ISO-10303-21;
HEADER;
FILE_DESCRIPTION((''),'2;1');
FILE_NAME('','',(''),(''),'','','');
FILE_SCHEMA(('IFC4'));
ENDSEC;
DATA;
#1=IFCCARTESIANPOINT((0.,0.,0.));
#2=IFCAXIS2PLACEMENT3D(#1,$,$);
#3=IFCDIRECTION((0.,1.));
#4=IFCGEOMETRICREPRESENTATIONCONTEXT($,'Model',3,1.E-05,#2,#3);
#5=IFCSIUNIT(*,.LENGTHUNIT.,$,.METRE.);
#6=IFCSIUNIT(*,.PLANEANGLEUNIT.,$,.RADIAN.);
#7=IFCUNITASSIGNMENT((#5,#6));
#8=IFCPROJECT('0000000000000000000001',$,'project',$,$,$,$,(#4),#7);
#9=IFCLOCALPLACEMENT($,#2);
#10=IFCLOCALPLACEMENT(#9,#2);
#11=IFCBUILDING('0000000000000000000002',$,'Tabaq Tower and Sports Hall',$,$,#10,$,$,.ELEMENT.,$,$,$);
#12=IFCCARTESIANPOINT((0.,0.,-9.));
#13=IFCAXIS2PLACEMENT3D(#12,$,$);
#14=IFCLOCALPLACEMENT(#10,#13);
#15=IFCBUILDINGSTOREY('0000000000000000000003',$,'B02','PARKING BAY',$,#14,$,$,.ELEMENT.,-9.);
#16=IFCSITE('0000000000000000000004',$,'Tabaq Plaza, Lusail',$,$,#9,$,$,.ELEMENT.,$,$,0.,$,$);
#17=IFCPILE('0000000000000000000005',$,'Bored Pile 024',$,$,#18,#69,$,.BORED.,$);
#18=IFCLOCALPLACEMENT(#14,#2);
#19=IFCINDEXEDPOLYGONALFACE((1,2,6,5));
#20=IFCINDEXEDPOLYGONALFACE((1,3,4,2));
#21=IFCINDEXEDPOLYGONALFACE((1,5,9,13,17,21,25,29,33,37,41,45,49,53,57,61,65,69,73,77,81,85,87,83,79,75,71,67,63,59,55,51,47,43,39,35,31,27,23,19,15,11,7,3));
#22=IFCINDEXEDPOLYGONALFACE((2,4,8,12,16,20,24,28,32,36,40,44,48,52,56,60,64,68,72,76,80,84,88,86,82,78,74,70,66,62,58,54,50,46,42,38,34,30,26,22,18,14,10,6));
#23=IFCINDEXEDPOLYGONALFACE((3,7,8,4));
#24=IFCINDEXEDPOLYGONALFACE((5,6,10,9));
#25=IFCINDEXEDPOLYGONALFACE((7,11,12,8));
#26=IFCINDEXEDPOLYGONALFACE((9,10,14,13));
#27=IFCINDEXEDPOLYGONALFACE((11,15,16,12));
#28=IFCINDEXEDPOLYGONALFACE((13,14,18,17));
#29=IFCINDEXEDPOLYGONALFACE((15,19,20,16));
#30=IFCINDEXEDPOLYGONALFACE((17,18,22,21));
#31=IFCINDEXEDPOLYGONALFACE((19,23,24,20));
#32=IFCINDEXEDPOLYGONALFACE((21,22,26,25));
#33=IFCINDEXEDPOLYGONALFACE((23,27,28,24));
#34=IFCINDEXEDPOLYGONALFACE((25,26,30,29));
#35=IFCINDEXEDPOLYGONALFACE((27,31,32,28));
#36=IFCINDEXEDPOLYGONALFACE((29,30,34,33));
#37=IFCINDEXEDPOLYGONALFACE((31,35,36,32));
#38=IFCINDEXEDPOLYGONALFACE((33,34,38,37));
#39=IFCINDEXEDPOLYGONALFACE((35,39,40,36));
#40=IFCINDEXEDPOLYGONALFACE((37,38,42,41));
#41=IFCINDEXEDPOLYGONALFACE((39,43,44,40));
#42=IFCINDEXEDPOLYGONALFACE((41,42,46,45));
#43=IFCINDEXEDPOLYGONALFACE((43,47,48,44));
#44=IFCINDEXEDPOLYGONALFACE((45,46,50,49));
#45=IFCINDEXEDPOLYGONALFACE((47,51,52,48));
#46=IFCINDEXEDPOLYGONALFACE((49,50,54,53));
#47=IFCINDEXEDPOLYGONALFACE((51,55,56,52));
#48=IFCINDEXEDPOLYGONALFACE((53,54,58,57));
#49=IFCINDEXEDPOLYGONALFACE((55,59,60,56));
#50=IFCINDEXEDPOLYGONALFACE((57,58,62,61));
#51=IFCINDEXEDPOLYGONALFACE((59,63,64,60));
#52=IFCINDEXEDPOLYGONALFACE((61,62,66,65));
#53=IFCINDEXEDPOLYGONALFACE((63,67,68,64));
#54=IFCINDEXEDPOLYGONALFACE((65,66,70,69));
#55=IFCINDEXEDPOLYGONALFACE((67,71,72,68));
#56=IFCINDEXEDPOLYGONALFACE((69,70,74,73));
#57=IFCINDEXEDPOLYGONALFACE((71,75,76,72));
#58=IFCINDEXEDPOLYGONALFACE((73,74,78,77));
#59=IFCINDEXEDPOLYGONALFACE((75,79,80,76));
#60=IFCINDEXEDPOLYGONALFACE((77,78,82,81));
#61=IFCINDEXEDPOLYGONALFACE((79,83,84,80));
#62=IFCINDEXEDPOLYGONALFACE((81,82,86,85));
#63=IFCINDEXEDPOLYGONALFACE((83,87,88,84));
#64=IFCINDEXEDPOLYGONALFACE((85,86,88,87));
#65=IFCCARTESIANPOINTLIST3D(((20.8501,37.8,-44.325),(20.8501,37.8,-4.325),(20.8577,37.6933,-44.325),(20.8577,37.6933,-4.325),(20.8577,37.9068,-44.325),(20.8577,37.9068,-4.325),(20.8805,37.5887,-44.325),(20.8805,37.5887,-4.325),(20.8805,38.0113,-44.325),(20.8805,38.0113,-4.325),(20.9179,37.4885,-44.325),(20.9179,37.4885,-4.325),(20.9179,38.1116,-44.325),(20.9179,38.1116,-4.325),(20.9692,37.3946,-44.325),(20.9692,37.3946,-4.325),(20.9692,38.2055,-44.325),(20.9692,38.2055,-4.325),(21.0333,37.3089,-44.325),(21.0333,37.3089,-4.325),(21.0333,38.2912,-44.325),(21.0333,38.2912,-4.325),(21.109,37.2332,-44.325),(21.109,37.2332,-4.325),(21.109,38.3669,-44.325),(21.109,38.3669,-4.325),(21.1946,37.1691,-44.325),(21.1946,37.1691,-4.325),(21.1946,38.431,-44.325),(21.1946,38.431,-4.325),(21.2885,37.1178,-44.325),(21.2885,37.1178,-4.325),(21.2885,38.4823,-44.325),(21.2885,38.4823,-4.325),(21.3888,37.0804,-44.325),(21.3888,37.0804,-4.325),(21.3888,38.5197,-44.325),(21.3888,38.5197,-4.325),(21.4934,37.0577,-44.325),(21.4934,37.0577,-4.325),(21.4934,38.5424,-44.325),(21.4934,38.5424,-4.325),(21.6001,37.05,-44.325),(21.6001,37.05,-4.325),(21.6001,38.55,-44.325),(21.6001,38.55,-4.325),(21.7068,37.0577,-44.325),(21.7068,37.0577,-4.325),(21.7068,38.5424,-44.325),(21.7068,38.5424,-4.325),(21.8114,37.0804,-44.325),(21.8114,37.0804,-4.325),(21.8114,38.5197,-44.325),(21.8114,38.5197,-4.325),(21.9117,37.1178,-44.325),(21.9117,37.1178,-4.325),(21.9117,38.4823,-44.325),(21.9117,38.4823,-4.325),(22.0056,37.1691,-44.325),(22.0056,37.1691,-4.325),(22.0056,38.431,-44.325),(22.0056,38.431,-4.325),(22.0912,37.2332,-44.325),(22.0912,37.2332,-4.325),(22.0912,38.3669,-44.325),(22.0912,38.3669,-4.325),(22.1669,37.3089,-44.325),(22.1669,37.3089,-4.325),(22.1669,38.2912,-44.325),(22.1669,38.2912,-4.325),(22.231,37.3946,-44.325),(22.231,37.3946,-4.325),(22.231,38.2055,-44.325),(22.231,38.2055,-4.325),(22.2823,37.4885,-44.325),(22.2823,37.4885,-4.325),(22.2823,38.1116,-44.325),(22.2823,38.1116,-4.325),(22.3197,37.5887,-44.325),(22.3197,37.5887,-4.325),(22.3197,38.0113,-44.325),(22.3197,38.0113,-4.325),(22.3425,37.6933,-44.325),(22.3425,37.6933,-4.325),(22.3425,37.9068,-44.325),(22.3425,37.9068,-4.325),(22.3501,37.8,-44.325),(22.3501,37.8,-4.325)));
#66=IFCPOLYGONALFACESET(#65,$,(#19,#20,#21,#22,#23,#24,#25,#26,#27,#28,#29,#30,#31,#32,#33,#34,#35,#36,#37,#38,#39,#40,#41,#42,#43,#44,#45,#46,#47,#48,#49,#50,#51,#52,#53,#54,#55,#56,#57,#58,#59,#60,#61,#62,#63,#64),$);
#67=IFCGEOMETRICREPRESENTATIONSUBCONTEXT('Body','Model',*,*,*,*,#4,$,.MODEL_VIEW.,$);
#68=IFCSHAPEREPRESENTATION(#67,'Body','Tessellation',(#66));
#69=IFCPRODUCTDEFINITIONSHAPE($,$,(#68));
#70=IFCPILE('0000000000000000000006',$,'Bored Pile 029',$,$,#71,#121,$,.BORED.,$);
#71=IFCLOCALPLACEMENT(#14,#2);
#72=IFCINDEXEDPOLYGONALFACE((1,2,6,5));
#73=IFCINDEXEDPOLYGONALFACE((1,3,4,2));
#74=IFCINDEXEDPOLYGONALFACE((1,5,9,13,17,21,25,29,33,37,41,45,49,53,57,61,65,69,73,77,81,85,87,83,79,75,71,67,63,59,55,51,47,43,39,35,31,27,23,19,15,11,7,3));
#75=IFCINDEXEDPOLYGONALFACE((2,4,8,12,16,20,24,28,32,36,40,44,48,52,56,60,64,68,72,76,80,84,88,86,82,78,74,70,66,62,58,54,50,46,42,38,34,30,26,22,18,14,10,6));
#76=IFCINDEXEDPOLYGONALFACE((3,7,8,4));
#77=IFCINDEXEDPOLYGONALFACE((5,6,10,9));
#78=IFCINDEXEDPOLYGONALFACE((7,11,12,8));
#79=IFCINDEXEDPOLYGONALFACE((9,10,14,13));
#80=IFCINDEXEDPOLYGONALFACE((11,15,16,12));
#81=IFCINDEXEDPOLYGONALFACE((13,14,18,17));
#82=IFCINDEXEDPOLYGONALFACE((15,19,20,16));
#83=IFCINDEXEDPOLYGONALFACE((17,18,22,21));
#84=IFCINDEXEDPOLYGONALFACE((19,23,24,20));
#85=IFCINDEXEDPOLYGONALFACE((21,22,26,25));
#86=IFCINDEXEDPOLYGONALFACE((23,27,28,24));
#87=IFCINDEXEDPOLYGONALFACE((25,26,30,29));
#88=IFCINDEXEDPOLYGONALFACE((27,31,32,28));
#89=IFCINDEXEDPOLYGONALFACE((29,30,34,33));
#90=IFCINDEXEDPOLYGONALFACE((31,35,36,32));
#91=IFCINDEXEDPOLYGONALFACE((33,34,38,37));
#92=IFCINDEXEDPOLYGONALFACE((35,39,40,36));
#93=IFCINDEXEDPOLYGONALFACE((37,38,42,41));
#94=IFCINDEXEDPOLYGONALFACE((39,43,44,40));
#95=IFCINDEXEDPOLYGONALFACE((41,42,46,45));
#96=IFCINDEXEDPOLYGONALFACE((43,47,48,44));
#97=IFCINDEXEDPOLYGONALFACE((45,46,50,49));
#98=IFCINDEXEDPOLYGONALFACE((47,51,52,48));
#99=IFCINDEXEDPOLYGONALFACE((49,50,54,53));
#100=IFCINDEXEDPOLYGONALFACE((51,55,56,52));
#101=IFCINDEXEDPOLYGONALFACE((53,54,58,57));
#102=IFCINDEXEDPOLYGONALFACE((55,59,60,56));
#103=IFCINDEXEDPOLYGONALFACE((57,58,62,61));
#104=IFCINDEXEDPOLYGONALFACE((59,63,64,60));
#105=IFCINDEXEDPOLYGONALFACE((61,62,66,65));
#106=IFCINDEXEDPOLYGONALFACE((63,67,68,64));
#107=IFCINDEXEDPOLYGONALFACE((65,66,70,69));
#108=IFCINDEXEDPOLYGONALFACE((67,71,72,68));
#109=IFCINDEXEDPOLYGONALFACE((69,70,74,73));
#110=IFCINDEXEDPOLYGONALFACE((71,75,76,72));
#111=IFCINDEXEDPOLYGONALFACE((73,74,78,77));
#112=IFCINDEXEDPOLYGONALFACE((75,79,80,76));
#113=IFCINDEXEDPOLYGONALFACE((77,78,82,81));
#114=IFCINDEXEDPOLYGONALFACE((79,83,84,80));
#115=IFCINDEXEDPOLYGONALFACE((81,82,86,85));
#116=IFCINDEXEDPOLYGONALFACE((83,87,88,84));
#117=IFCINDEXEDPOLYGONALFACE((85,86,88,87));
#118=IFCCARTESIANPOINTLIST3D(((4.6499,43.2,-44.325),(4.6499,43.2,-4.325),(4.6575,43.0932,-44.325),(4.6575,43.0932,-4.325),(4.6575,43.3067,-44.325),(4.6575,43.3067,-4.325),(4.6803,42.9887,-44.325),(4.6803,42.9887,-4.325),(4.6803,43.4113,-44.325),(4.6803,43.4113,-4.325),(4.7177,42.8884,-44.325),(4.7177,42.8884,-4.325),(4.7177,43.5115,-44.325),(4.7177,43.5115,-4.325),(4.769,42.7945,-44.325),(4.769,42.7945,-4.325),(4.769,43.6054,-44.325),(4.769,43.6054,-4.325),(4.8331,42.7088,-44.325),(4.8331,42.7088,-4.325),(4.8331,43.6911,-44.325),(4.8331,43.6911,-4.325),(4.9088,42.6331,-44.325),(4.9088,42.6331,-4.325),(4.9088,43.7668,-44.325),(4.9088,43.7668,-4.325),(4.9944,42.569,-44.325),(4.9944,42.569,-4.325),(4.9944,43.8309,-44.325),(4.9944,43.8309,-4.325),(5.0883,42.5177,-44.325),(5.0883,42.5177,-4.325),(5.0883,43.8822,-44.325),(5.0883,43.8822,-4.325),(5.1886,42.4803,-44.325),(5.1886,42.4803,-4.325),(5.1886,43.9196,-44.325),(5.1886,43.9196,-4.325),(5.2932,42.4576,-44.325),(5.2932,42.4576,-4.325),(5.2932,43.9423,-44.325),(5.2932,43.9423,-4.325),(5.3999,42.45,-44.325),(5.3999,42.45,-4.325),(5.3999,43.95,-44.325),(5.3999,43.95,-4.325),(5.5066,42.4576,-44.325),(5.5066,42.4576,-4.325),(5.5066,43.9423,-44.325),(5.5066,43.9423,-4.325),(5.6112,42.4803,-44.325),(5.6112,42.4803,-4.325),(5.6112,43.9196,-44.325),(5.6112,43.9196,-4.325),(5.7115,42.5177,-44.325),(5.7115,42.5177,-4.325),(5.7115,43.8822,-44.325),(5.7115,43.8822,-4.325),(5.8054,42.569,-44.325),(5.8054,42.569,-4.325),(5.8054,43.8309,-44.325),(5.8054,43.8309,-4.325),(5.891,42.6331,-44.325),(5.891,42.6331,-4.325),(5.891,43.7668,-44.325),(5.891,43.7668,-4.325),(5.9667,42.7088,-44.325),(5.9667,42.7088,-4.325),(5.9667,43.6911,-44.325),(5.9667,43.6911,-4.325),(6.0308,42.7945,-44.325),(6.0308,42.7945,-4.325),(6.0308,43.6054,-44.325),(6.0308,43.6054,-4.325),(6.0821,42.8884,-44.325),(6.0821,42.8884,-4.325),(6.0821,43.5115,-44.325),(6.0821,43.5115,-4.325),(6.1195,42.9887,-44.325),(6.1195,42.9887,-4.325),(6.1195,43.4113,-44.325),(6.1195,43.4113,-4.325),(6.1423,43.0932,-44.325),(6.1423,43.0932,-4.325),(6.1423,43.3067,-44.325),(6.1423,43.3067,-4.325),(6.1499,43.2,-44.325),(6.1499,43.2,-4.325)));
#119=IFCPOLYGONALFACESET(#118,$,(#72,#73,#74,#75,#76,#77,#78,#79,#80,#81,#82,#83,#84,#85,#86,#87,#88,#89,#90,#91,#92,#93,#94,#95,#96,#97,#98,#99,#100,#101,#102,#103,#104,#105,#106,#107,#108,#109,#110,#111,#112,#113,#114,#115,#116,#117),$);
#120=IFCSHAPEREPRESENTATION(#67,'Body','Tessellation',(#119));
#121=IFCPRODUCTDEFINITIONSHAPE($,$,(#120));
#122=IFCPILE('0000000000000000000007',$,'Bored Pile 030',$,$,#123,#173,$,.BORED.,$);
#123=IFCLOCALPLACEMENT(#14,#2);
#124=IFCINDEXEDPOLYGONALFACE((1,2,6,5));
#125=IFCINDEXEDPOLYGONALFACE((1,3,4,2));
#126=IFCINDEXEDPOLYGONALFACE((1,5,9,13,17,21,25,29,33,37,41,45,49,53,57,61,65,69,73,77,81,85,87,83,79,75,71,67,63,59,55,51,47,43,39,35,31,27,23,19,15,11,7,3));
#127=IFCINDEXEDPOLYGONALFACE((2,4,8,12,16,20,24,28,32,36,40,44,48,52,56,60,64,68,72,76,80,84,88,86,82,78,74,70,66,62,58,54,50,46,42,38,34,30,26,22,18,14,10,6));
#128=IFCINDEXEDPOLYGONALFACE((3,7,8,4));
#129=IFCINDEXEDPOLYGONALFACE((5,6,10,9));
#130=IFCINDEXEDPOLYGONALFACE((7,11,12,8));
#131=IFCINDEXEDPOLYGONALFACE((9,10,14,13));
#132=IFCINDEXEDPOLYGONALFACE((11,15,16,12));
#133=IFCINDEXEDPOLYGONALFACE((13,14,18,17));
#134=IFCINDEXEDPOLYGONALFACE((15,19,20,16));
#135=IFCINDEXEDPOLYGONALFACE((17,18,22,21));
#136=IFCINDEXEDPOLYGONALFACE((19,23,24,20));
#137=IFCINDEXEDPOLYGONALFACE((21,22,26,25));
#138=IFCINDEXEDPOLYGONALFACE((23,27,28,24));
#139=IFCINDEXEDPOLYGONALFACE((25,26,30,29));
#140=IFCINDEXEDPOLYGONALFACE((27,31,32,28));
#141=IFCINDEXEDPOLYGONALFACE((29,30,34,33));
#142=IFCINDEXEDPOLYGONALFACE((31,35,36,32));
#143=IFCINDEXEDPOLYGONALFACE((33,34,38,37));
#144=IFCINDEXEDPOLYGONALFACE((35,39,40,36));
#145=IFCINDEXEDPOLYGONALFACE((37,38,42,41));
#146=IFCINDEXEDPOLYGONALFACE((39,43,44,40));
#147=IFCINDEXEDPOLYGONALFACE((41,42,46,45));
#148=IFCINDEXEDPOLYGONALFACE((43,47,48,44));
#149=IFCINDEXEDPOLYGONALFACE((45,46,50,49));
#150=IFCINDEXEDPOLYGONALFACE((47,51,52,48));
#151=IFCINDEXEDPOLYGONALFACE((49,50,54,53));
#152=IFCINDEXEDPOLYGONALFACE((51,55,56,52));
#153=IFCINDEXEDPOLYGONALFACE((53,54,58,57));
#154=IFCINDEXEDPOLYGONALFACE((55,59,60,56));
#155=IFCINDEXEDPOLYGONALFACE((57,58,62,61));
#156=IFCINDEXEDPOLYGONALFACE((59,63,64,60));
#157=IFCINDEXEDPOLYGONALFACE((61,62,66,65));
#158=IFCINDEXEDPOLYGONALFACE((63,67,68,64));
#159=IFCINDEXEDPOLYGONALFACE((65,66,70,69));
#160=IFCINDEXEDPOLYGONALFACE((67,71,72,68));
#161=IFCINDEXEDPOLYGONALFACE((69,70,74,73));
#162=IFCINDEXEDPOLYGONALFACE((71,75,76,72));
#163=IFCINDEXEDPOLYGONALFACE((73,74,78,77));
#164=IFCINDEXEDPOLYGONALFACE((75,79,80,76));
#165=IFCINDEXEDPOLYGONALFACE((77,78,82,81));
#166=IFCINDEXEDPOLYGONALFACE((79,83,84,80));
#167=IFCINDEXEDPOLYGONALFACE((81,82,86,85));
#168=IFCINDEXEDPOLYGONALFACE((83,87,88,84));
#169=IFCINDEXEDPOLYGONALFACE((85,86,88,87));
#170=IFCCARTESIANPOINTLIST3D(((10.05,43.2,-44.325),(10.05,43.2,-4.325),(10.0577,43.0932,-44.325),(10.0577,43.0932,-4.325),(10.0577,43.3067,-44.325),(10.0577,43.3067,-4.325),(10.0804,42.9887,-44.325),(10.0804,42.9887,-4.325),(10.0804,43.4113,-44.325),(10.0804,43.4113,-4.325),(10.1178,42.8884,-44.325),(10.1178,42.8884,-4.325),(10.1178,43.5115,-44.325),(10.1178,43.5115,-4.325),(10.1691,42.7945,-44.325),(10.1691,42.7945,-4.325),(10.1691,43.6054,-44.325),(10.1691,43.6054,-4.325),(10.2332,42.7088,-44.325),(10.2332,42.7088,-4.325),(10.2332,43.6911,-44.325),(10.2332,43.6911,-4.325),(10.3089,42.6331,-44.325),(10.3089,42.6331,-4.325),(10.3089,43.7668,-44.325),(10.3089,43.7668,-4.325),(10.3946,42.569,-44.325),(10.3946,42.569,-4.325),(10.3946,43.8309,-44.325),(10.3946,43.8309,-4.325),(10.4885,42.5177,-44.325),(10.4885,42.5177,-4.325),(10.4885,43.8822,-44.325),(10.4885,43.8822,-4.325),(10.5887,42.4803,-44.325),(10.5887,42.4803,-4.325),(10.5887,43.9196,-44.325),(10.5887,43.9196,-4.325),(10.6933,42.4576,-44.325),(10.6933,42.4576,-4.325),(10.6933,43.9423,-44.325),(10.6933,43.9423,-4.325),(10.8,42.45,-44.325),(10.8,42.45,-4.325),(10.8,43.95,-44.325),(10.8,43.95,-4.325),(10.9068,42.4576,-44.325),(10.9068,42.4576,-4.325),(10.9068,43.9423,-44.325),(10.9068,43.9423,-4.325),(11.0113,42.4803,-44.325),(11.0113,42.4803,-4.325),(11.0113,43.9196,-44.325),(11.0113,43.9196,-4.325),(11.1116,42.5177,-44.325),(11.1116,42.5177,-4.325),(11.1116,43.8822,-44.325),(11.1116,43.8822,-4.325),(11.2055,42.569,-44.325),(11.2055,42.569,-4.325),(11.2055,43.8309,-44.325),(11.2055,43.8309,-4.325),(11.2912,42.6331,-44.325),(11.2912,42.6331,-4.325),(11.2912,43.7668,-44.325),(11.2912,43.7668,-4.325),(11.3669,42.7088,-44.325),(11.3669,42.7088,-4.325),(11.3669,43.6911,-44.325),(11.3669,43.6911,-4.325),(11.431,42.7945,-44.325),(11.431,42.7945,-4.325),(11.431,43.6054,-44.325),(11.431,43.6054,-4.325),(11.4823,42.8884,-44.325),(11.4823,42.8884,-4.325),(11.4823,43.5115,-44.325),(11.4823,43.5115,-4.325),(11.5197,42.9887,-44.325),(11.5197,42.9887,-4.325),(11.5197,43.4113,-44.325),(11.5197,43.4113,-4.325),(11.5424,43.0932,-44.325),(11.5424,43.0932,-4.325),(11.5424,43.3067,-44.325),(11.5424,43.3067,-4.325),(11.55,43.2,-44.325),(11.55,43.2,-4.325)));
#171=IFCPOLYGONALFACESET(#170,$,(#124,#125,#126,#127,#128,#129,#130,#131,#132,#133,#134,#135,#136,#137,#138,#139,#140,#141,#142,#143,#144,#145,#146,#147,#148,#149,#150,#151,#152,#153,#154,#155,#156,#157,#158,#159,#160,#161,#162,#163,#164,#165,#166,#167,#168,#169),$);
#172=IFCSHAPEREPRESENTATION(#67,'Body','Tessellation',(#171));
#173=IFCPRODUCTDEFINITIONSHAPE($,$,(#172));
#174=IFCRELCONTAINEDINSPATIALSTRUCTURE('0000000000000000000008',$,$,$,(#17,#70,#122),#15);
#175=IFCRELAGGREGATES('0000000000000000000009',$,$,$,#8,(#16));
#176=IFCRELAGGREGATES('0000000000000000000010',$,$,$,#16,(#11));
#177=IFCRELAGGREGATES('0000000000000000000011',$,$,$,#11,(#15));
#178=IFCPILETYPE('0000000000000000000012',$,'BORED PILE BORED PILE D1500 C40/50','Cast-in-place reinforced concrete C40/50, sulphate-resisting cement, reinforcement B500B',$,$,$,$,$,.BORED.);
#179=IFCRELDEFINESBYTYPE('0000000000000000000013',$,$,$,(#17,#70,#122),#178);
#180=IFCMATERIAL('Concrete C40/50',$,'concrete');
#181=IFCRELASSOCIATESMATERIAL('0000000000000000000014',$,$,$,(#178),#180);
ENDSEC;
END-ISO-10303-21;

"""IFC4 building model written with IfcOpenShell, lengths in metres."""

from ifc_helpers import new_model, si_unit, direction, frame, origin, origin_2d, place, context, subcontext, project, spatial, circle, extrude, material, material_profile, profile_set, type_object, element, save


model = new_model("IFC4")

# Units and contexts
model_context = context("Model", 3, precision=1e-05, world=origin(), true_north=direction((0.0, 1.0)))
body_context = subcontext(model_context, "Body", "Model", "MODEL_VIEW")
ifc_project = project(units=[si_unit("LENGTHUNIT", "METRE"), si_unit("PLANEANGLEUNIT", "RADIAN")], contexts=[model_context])

# Site, building, storey
site_placement = place(None, origin())
site = spatial("IfcSite", under=ifc_project, at=site_placement, Name="Tabaq Plaza, Lusail", CompositionType="ELEMENT", RefElevation=0.0)
building_placement = place(site_placement, origin())
building = spatial("IfcBuilding", under=site, at=building_placement, Name="Tabaq Tower and Sports Hall", CompositionType="ELEMENT")
storey_placement = place(building_placement, frame((0.0, 0.0, -9.0)))
storey = spatial("IfcBuildingStorey", under=building, at=storey_placement, Name="B02", Description="PARKING BAY", CompositionType="ELEMENT", Elevation=-9.0)

# Piles
ifc_material_1 = material(Name="Concrete C40/50", Category="concrete")
ifc_material_profile_1 = material_profile(ifc_material_1, circle(Radius=0.75, at=origin_2d()), Name="BORED PILE D1500")
ifc_profile_set_1 = profile_set([ifc_material_profile_1], Name="Concrete C40/50")
pile_type = type_object("IfcPileType", Name="BORED PILE BORED PILE D1500 C40/50", Description="Cast-in-place reinforced concrete C40/50, sulphate-resisting cement, reinforcement B500B", PredefinedType="BORED", material=ifc_profile_set_1)
for number, where, z_axis, x_axis, name in (
    (1, (21.6001, 37.8, -4.325), (0.0, 0.0, -1.0), (1.0, 0.0, 0.0), "Bored Pile 024"),
    (2, (5.3999, 43.2, -4.325), (0.0, 0.0, -1.0), (1.0, 0.0, 0.0), "Bored Pile 029"),
    (3, (10.8, 43.2, -4.325), (0.0, 0.0, -1.0), (1.0, 0.0, 0.0), "Bored Pile 030"),
):
    element("IfcPile", number, at=place(storey_placement, frame(where, z_axis=z_axis, x_axis=x_axis)), inside=storey, type_object=pile_type, Name=name, PredefinedType="BORED", context=body_context, shape_type="SweptSolid", body=[
        extrude(circle(Radius=0.75, at=origin_2d()), origin(), (0.0, 0.0, 1.0), 40.0),
    ])

save(model, "model.ifc")
